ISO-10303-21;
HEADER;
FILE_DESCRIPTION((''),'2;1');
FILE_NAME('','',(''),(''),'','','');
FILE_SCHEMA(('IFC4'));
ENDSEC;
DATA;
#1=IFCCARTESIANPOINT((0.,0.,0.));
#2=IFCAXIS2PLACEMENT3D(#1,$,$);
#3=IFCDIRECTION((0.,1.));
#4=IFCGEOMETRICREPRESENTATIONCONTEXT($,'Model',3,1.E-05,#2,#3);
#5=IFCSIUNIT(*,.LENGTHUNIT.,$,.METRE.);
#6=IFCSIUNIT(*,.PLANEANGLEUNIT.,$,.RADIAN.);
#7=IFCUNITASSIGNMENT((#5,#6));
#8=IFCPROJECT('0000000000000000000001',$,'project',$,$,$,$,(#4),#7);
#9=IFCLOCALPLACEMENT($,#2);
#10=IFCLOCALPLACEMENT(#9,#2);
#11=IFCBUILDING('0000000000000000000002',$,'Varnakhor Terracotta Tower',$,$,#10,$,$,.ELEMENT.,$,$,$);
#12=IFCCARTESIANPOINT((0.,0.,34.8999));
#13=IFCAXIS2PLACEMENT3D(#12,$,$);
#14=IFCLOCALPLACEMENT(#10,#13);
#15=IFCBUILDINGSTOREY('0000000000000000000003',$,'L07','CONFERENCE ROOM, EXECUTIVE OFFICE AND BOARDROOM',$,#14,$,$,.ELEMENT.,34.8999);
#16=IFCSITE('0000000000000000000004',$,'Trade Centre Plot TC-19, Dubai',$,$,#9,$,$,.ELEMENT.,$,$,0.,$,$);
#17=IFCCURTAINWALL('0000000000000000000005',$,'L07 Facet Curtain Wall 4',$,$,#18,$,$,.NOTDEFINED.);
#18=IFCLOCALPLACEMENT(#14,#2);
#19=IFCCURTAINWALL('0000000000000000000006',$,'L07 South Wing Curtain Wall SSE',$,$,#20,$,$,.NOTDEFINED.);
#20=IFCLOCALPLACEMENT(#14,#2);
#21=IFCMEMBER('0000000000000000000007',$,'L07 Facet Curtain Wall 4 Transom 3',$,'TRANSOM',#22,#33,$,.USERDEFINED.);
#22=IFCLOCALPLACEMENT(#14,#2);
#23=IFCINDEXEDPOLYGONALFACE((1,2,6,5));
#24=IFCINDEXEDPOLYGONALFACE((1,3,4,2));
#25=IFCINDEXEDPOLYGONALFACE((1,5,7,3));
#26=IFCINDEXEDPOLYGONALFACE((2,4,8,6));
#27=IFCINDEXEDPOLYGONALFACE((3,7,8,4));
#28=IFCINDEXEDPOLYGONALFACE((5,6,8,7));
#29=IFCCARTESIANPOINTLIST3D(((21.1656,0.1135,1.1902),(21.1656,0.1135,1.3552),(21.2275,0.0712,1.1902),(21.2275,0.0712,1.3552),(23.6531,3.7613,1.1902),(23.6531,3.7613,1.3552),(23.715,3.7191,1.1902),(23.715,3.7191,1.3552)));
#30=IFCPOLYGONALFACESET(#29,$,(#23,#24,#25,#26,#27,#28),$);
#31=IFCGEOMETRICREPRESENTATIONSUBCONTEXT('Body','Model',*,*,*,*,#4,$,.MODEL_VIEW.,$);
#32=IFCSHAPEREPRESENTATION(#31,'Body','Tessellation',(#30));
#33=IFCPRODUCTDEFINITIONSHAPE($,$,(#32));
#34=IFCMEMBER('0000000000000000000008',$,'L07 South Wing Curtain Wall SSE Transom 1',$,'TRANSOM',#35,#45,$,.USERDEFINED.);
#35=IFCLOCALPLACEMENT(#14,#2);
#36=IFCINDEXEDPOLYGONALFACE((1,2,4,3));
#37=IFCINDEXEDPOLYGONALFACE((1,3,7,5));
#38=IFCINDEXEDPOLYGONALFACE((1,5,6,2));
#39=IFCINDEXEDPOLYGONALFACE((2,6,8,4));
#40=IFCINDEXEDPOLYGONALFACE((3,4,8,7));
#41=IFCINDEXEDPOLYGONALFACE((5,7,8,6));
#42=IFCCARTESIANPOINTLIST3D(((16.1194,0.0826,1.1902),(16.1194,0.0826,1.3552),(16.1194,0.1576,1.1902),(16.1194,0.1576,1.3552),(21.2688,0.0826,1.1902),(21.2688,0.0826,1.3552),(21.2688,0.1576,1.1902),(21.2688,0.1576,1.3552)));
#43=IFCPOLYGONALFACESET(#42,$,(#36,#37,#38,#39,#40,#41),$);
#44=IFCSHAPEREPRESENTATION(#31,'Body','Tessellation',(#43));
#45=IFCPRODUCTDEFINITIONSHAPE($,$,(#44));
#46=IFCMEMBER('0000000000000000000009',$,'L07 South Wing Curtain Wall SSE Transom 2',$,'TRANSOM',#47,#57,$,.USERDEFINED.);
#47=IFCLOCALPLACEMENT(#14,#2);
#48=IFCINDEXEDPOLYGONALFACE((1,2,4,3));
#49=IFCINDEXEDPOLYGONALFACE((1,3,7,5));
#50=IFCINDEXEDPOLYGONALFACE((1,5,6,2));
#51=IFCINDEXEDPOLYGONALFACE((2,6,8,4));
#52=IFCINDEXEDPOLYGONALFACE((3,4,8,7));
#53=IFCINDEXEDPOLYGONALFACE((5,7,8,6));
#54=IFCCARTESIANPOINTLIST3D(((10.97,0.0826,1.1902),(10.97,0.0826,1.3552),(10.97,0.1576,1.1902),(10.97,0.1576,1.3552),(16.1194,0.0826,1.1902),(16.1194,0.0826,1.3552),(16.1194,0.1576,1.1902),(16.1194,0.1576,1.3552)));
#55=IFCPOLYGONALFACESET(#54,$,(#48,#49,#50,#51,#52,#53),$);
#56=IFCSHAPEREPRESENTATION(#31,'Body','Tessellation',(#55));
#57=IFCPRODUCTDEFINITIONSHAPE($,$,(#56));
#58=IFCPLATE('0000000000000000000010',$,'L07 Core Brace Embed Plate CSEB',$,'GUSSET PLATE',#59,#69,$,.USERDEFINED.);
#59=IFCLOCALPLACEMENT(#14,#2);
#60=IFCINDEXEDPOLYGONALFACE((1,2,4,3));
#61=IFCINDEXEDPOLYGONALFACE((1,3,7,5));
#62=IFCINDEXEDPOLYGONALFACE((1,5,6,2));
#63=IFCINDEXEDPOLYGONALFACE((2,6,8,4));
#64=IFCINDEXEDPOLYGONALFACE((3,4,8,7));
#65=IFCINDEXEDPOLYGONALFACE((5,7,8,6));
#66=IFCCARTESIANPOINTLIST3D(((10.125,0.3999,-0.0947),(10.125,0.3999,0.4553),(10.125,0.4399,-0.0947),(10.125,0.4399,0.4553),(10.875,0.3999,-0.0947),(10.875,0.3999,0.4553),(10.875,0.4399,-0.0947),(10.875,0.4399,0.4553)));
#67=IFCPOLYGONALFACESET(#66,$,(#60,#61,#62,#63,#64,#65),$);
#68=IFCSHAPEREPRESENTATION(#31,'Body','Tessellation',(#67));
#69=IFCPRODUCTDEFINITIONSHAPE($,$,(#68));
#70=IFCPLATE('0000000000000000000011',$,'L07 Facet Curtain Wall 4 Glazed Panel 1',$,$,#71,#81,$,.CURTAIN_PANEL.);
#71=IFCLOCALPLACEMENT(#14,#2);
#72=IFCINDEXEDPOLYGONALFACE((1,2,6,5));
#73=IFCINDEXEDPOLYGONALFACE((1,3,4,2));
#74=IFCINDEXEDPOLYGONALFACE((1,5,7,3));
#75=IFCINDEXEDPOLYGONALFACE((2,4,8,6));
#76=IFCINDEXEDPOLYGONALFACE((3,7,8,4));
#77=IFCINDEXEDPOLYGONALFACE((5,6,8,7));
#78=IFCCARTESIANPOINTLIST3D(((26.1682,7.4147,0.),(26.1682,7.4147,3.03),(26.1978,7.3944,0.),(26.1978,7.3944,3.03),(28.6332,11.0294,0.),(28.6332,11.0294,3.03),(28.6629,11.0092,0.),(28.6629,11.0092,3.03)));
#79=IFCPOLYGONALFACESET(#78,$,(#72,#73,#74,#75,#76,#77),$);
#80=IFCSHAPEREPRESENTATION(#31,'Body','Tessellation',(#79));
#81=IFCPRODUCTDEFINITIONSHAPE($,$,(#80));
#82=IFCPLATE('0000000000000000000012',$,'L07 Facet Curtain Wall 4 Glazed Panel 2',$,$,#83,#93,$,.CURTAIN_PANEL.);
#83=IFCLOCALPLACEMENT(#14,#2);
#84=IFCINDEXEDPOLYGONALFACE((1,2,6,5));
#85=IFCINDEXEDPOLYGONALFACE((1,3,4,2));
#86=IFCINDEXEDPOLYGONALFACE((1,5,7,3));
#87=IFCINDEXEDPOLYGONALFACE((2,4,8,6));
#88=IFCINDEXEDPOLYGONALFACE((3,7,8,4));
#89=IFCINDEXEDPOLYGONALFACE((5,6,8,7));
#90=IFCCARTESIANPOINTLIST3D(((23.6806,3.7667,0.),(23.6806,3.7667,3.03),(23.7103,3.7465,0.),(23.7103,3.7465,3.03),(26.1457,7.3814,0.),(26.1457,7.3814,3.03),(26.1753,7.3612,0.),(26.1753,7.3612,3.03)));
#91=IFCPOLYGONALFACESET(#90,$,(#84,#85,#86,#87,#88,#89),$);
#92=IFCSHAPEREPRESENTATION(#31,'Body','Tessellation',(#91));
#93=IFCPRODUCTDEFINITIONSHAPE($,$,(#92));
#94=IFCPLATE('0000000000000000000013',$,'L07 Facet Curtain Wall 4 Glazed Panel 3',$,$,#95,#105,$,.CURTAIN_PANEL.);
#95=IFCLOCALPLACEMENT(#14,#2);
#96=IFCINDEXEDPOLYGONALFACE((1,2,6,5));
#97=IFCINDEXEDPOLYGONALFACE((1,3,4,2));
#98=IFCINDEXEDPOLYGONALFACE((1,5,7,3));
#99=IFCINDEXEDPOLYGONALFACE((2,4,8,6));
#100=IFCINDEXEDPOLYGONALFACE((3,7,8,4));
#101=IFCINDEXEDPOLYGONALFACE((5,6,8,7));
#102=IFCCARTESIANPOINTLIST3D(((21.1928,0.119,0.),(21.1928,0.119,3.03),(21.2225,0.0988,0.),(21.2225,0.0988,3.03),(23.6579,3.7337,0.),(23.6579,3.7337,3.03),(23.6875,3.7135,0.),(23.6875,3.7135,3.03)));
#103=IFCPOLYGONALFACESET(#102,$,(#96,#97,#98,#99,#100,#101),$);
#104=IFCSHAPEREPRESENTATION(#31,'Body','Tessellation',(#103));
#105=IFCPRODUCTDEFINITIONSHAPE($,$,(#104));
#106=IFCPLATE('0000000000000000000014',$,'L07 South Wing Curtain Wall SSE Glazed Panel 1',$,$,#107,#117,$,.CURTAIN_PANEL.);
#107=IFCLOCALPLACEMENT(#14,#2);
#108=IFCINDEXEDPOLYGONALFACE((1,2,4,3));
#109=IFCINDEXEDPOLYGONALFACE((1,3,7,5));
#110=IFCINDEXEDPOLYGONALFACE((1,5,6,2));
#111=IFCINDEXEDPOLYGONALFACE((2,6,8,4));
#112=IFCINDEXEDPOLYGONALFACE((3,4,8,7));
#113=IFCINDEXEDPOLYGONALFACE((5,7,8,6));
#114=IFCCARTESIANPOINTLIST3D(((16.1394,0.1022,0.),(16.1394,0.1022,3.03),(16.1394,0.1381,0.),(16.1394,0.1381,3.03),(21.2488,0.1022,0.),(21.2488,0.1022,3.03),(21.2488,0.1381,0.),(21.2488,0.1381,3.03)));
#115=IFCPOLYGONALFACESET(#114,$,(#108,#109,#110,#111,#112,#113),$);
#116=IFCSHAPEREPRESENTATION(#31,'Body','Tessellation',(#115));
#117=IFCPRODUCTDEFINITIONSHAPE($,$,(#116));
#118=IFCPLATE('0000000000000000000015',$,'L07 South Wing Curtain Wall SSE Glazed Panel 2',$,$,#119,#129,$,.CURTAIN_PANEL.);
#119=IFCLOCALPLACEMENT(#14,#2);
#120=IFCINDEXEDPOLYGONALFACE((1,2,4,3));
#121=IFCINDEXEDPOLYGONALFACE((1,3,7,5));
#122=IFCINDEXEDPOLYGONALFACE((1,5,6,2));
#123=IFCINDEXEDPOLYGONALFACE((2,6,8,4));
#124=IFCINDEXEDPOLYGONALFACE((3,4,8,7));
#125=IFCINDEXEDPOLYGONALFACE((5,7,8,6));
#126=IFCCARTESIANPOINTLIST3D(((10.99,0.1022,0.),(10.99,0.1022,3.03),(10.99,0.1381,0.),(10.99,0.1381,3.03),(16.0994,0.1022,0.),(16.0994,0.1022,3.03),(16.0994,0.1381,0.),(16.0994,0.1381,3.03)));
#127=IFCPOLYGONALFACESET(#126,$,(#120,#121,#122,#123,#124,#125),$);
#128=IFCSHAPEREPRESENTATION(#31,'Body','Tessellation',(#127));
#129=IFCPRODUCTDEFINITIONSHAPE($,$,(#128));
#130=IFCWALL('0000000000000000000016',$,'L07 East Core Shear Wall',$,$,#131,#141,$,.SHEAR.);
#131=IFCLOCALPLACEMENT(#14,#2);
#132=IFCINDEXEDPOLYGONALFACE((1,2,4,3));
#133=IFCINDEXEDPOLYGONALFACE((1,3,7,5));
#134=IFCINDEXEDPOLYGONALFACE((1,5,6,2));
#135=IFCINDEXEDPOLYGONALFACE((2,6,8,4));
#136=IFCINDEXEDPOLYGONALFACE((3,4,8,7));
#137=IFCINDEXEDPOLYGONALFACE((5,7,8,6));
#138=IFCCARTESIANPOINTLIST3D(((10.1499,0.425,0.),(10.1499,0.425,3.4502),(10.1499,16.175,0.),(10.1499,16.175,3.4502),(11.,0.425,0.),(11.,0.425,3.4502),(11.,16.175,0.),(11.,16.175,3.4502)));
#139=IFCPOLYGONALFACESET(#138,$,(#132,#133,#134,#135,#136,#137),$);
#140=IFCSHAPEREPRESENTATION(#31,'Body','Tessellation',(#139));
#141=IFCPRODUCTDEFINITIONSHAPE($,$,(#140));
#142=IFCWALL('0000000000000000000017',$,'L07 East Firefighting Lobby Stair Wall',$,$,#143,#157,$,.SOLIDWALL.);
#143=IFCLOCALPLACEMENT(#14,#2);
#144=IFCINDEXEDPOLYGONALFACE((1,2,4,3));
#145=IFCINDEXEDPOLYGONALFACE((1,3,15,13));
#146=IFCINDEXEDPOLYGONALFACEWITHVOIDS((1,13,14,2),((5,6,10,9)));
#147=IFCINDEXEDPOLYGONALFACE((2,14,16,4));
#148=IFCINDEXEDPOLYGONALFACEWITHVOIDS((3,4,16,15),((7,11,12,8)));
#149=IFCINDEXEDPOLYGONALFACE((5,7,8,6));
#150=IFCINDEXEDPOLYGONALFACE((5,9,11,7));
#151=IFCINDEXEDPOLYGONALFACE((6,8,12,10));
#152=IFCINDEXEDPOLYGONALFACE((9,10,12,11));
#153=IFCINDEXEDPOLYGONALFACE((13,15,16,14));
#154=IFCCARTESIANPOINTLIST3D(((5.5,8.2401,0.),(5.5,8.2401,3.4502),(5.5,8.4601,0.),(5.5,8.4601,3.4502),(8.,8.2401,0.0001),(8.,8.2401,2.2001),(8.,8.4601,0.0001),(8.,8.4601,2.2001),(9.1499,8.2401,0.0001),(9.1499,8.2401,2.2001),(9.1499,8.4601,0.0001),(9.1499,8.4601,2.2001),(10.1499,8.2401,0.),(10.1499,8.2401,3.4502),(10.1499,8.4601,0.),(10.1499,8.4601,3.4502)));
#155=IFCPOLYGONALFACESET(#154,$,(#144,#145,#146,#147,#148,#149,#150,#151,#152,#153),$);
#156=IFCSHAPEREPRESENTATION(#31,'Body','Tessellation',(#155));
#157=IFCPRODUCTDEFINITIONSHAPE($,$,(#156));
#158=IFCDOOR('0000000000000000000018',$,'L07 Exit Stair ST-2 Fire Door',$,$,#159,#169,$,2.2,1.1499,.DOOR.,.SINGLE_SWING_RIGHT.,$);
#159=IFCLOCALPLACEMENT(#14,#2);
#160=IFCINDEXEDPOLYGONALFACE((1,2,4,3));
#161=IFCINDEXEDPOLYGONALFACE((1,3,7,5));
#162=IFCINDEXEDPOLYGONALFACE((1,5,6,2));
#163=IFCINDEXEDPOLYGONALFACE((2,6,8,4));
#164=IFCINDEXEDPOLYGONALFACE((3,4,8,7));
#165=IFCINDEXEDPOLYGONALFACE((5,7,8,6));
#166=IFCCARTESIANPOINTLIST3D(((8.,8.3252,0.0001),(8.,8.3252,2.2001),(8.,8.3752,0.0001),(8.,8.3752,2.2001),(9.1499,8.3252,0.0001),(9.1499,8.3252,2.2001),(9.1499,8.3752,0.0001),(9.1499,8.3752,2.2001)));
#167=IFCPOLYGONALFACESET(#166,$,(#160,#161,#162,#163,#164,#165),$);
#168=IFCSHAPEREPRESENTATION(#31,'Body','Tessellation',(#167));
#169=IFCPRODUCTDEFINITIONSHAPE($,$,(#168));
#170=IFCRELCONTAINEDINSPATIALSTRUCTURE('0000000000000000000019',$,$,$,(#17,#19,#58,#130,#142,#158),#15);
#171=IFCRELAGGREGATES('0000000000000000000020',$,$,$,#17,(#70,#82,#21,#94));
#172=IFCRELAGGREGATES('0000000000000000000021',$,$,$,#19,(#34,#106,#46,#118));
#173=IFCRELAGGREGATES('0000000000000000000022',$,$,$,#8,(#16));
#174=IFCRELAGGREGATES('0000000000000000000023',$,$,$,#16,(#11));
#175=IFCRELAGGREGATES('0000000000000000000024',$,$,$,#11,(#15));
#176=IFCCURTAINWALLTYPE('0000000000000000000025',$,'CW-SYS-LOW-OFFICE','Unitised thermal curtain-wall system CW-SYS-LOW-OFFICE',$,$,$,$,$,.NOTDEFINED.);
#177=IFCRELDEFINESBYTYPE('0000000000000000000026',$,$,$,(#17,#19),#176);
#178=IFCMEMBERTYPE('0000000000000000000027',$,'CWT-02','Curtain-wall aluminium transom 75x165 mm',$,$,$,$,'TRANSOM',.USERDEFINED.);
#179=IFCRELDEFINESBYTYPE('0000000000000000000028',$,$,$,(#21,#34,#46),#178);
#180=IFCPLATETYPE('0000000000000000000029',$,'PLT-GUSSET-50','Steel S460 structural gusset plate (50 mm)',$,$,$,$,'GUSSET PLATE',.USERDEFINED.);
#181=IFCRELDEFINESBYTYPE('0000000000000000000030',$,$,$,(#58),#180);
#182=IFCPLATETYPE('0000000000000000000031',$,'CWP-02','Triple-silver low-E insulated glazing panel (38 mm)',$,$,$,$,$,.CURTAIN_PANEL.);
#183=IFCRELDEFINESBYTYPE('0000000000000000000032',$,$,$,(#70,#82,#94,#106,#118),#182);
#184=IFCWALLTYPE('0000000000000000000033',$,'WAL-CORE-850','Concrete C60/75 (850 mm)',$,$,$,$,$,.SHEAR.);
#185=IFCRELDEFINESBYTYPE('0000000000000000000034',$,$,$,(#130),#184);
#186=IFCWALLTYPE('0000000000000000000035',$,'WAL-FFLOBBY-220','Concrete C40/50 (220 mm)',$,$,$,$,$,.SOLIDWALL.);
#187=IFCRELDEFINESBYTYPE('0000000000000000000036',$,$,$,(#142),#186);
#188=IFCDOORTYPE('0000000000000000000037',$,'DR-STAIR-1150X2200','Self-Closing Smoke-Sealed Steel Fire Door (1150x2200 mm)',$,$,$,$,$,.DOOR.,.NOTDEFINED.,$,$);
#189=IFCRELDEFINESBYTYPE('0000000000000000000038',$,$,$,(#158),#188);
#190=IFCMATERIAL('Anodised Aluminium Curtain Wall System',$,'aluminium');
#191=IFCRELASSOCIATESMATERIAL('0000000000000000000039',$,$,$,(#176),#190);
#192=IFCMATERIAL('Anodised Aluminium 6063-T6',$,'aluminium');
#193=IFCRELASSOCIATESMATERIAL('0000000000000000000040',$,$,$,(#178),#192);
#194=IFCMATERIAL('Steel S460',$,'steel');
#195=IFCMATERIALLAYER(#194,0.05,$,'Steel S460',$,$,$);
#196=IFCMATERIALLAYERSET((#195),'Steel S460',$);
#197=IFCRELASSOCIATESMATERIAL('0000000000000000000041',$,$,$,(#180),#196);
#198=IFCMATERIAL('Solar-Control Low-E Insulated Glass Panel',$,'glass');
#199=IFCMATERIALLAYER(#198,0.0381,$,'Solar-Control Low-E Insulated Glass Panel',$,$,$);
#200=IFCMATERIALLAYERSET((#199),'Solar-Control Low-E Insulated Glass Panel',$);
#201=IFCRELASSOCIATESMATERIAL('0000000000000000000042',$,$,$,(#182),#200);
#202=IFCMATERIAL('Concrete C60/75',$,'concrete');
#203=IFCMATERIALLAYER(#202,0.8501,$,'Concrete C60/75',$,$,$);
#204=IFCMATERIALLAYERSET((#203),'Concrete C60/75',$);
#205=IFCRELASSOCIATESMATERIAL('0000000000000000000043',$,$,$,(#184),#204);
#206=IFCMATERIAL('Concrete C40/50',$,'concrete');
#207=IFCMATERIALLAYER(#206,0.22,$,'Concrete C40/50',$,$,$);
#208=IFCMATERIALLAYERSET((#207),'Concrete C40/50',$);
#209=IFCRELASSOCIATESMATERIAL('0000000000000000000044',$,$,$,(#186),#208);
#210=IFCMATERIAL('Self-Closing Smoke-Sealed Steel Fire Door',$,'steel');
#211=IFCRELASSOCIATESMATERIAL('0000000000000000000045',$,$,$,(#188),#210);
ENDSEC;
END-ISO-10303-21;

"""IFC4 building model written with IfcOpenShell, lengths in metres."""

from ifc_helpers import new_model, si_unit, direction, frame, frame_2d, origin, origin_2d, place, context, subcontext, project, spatial, rectangle, extrude, source, transform, mapped, material, layer, layer_set, material_profile, profile_set, type_object, type_shapes, element, fill, aggregate, save


model = new_model("IFC4")

# Units and contexts
model_context = context("Model", 3, precision=1e-05, world=origin(), true_north=direction((0.0, 1.0)))
body_context = subcontext(model_context, "Body", "Model", "MODEL_VIEW")
ifc_project = project(units=[si_unit("LENGTHUNIT", "METRE"), si_unit("PLANEANGLEUNIT", "RADIAN")], contexts=[model_context])

# Site, building, storey
site_placement = place(None, origin())
site = spatial("IfcSite", under=ifc_project, at=site_placement, Name="Trade Centre Plot TC-19, Dubai", CompositionType="ELEMENT", RefElevation=0.0)
building_placement = place(site_placement, origin())
building = spatial("IfcBuilding", under=site, at=building_placement, Name="Varnakhor Terracotta Tower", CompositionType="ELEMENT")
storey_placement = place(building_placement, frame((0.0, 0.0, 34.8999)))
storey = spatial("IfcBuildingStorey", under=building, at=storey_placement, Name="L07", Description="CONFERENCE ROOM, EXECUTIVE OFFICE AND BOARDROOM", CompositionType="ELEMENT", Elevation=34.8999)

# Shared definitions
ifc_material_1 = material(Name="Steel S460", Category="steel")

# Curtain walls
ifc_material_2 = material(Name="Anodised Aluminium Curtain Wall System", Category="aluminium")
curtain_wall_type = type_object("IfcCurtainWallType", Name="CW-SYS-LOW-OFFICE", Description="Unitised thermal curtain-wall system CW-SYS-LOW-OFFICE", PredefinedType="NOTDEFINED", material=ifc_material_2)
curtain_wall_1_placement = place(storey_placement, origin())
curtain_wall_1 = element("IfcCurtainWall", 1, at=curtain_wall_1_placement, inside=storey, type_object=curtain_wall_type, Name="L07 Facet Curtain Wall 4", PredefinedType="NOTDEFINED")
ifc_material_3 = material(Name="Anodised Aluminium 6063-T6", Category="aluminium")
curtain_wall_2_placement = place(storey_placement, origin())
curtain_wall_2 = element("IfcCurtainWall", 2, at=curtain_wall_2_placement, inside=storey, type_object=curtain_wall_type, Name="L07 South Wing Curtain Wall SSE", PredefinedType="NOTDEFINED")

# Members
ifc_material_profile_1 = material_profile(ifc_material_3, rectangle(XDim=0.075, YDim=0.165, at=origin_2d()), Name="ALU TRANSOM 75x165")
ifc_profile_set_1 = profile_set([ifc_material_profile_1], Name="Anodised Aluminium 6063-T6")
member_type_1 = type_object("IfcMemberType", Name="CWT-02", Description="Curtain-wall aluminium transom 75x165 mm", ElementType="TRANSOM", PredefinedType="USERDEFINED", material=ifc_profile_set_1)
shared_shape_1 = source(origin(), body_context, "Body", "SweptSolid", [
    extrude(rectangle(XDim=0.075, YDim=0.165, at=origin_2d()), origin(), (0.0, 0.0, 1.0), 4.4153),
])
member_1_placement = place(storey_placement, frame((23.6841, 3.7402, 1.2727), z_axis=(-0.563385, -0.826195, 0.0), x_axis=(0.826195, -0.563385, 0.0)))
member_1 = element("IfcMember", 3, at=member_1_placement, type_object=member_type_1, Name="L07 Facet Curtain Wall 4 Transom 3", ObjectType="TRANSOM", PredefinedType="USERDEFINED", context=body_context, shape_type="MappedRepresentation", body=[
    mapped(shared_shape_1, transform((0.0, 0.0, 0.0), scale=1.0)),
])
shared_shape_2 = source(origin(), body_context, "Body", "SweptSolid", [
    extrude(rectangle(XDim=0.075, YDim=0.165, at=origin_2d()), origin(), (0.0, 0.0, 1.0), 5.1494),
])
member_2_placement = place(storey_placement, frame((21.2688, 0.1201, 1.2727), z_axis=(-1.0, 0.0, 0.0), x_axis=(0.0, -1.0, 0.0)))
member_2 = element("IfcMember", 4, at=member_2_placement, type_object=member_type_1, Name="L07 South Wing Curtain Wall SSE Transom 1", ObjectType="TRANSOM", PredefinedType="USERDEFINED", context=body_context, shape_type="MappedRepresentation", body=[
    mapped(shared_shape_2, transform((0.0, 0.0, 0.0), scale=1.0)),
])
member_3_placement = place(storey_placement, frame((16.1194, 0.1201, 1.2727), z_axis=(-1.0, 0.0, 0.0), x_axis=(0.0, -1.0, 0.0)))
member_3 = element("IfcMember", 5, at=member_3_placement, type_object=member_type_1, Name="L07 South Wing Curtain Wall SSE Transom 2", ObjectType="TRANSOM", PredefinedType="USERDEFINED", context=body_context, shape_type="MappedRepresentation", body=[
    mapped(shared_shape_2, transform((0.0, 0.0, 0.0), scale=1.0)),
])

# Plates
ifc_layer_1 = layer(ifc_material_1, 0.05, Name="Steel S460")
ifc_layer_set_1 = layer_set([ifc_layer_1], Name="Steel S460")
plate_type_1 = type_object("IfcPlateType", Name="PLT-GUSSET-50", Description="Steel S460 structural gusset plate (50 mm)", ElementType="GUSSET PLATE", PredefinedType="USERDEFINED", material=ifc_layer_set_1)
shared_shape_3 = source(origin(), body_context, "Body", "SweptSolid", [
    extrude(rectangle(XDim=0.75, YDim=0.04, at=origin_2d()), origin(), (0.0, 0.0, 1.0), 0.55),
])
type_shapes(plate_type_1, [shared_shape_3])
plate_1_placement = place(storey_placement, frame((10.5, 0.4199, -0.0947), z_axis=(0.0, 0.0, 1.0), x_axis=(1.0, 0.0, 0.0)))
element("IfcPlate", 6, at=plate_1_placement, inside=storey, type_object=plate_type_1, Name="L07 Core Brace Embed Plate CSEB", ObjectType="GUSSET PLATE", PredefinedType="USERDEFINED", context=body_context, shape_type="MappedRepresentation", body=[
    mapped(shared_shape_3, transform((0.0, 0.0, 0.0), scale=1.0)),
])
ifc_material_4 = material(Name="Solar-Control Low-E Insulated Glass Panel", Category="glass")
ifc_layer_2 = layer(ifc_material_4, 0.0381, Name="Solar-Control Low-E Insulated Glass Panel")
ifc_layer_set_2 = layer_set([ifc_layer_2], Name="Solar-Control Low-E Insulated Glass Panel")
plate_type_2 = type_object("IfcPlateType", Name="CWP-02", Description="Triple-silver low-E insulated glazing panel (38 mm)", PredefinedType="CURTAIN_PANEL", material=ifc_layer_set_2)
shared_shape_4 = source(origin(), body_context, "Body", "SweptSolid", [
    extrude(rectangle(XDim=4.3752, YDim=0.0359, at=origin_2d()), origin(), (0.0, 0.0, 1.0), 3.03),
])
plate_2_placement = place(storey_placement, frame((27.4155, 9.2119, 0.0), z_axis=(0.0, 0.0, 1.0), x_axis=(-0.563411, -0.826177, 0.0)))
plate_2 = element("IfcPlate", 7, at=plate_2_placement, type_object=plate_type_2, Name="L07 Facet Curtain Wall 4 Glazed Panel 1", PredefinedType="CURTAIN_PANEL", context=body_context, shape_type="MappedRepresentation", body=[
    mapped(shared_shape_4, transform((0.0, 0.0, 0.0), scale=1.0)),
])
plate_3_placement = place(storey_placement, frame((24.928, 5.564, 0.0), z_axis=(0.0, 0.0, 1.0), x_axis=(-0.563411, -0.826177, 0.0)))
plate_3 = element("IfcPlate", 8, at=plate_3_placement, type_object=plate_type_2, Name="L07 Facet Curtain Wall 4 Glazed Panel 2", PredefinedType="CURTAIN_PANEL", context=body_context, shape_type="MappedRepresentation", body=[
    mapped(shared_shape_4, transform((0.0, 0.0, 0.0), scale=1.0)),
])
plate_4_placement = place(storey_placement, frame((22.4402, 1.9163, 0.0), z_axis=(0.0, 0.0, 1.0), x_axis=(-0.563411, -0.826177, 0.0)))
plate_4 = element("IfcPlate", 9, at=plate_4_placement, type_object=plate_type_2, Name="L07 Facet Curtain Wall 4 Glazed Panel 3", PredefinedType="CURTAIN_PANEL", context=body_context, shape_type="MappedRepresentation", body=[
    mapped(shared_shape_4, transform((0.0, 0.0, 0.0), scale=1.0)),
])
aggregate(curtain_wall_1, [plate_2, plate_3, member_1, plate_4])
shared_shape_5 = source(origin(), body_context, "Body", "SweptSolid", [
    extrude(rectangle(XDim=5.1094, YDim=0.0359, at=origin_2d()), origin(), (0.0, 0.0, 1.0), 3.03),
])
plate_5_placement = place(storey_placement, frame((18.6941, 0.1201, 0.0), z_axis=(0.0, 0.0, 1.0), x_axis=(-1.0, 0.0, 0.0)))
plate_5 = element("IfcPlate", 10, at=plate_5_placement, type_object=plate_type_2, Name="L07 South Wing Curtain Wall SSE Glazed Panel 1", PredefinedType="CURTAIN_PANEL", context=body_context, shape_type="MappedRepresentation", body=[
    mapped(shared_shape_5, transform((0.0, 0.0, 0.0), scale=1.0)),
])
plate_6_placement = place(storey_placement, frame((13.5447, 0.1201, 0.0), z_axis=(0.0, 0.0, 1.0), x_axis=(-1.0, 0.0, 0.0)))
plate_6 = element("IfcPlate", 11, at=plate_6_placement, type_object=plate_type_2, Name="L07 South Wing Curtain Wall SSE Glazed Panel 2", PredefinedType="CURTAIN_PANEL", context=body_context, shape_type="MappedRepresentation", body=[
    mapped(shared_shape_5, transform((0.0, 0.0, 0.0), scale=1.0)),
])
aggregate(curtain_wall_2, [member_2, plate_5, member_3, plate_6])

# Wall
ifc_material_5 = material(Name="Concrete C60/75", Category="concrete")
ifc_layer_3 = layer(ifc_material_5, 0.8501, Name="Concrete C60/75")
ifc_layer_set_3 = layer_set([ifc_layer_3], Name="Concrete C60/75")
wall_type_1 = type_object("IfcWallType", Name="WAL-CORE-850", Description="Concrete C60/75 (850 mm)", PredefinedType="SHEAR", material=ifc_layer_set_3)
wall_1_placement = place(storey_placement, frame((10.575, 0.425, 0.0), z_axis=(0.0, 0.0, 1.0), x_axis=(0.0, 1.0, 0.0)))
element("IfcWall", 12, at=wall_1_placement, inside=storey, type_object=wall_type_1, Name="L07 East Core Shear Wall", PredefinedType="SHEAR", context=body_context, shape_type="SweptSolid", body=[
    extrude(rectangle(XDim=15.75, YDim=0.8501, at=frame_2d((7.875, 0.0))), origin(), (0.0, 0.0, 1.0), 3.4502),
])

# Wall, opening, door
ifc_material_6 = material(Name="Concrete C40/50", Category="concrete")
ifc_layer_4 = layer(ifc_material_6, 0.22, Name="Concrete C40/50")
ifc_layer_set_4 = layer_set([ifc_layer_4], Name="Concrete C40/50")
wall_type_2 = type_object("IfcWallType", Name="WAL-FFLOBBY-220", Description="Concrete C40/50 (220 mm)", PredefinedType="SOLIDWALL", material=ifc_layer_set_4)
wall_2_placement = place(storey_placement, frame((10.1499, 8.3501, 0.0), z_axis=(0.0, 0.0, 1.0), x_axis=(-1.0, 0.0, 0.0)))
wall_2 = element("IfcWall", 13, at=wall_2_placement, inside=storey, type_object=wall_type_2, Name="L07 East Firefighting Lobby Stair Wall", PredefinedType="SOLIDWALL", context=body_context, shape_type="SweptSolid", body=[
    extrude(rectangle(XDim=4.6499, YDim=0.22, at=frame_2d((2.325, 0.0))), origin(), (0.0, 0.0, 1.0), 3.4502),
])
opening_1_placement = place(wall_2_placement, frame((1.0, 0.0, 0.0)))
opening_1 = element("IfcOpeningElement", 14, at=opening_1_placement, cuts=wall_2, PredefinedType="OPENING", context=body_context, shape_type="SweptSolid", body=[
    extrude(rectangle(XDim=1.1499, YDim=2.2, at=frame_2d((0.575, 1.1001))), frame((0.0, 0.1201, 0.0), z_axis=(0.0, -1.0, 0.0), x_axis=(1.0, 0.0, 0.0)), (0.0, 0.0, 1.0), 0.24),
])
ifc_material_7 = material(Name="Self-Closing Smoke-Sealed Steel Fire Door", Category="steel")
door_type_1 = type_object("IfcDoorType", Name="DR-STAIR-1150X2200", Description="Self-Closing Smoke-Sealed Steel Fire Door (1150x2200 mm)", OperationType="NOTDEFINED", PredefinedType="DOOR", material=ifc_material_7)
shared_shape_6 = source(origin(), body_context, "Body", "SweptSolid", [
    extrude(rectangle(XDim=1.1499, YDim=2.2, at=frame_2d((0.575, 1.1001))), frame((0.0, 0.0249, 0.0), z_axis=(0.0, -1.0, 0.0), x_axis=(1.0, 0.0, 0.0)), (0.0, 0.0, 1.0), 0.05),
])
type_shapes(door_type_1, [shared_shape_6])
door_1_placement = place(opening_1_placement, origin())
door_1 = element("IfcDoor", 15, at=door_1_placement, inside=storey, type_object=door_type_1, Name="L07 Exit Stair ST-2 Fire Door", OperationType="SINGLE_SWING_RIGHT", OverallHeight=2.2, OverallWidth=1.1499, PredefinedType="DOOR", context=body_context, shape_type="MappedRepresentation", body=[
    mapped(shared_shape_6, transform((0.0, 0.0, 0.0), scale=1.0)),
])
fill(opening_1, door_1)

save(model, "model.ifc")
